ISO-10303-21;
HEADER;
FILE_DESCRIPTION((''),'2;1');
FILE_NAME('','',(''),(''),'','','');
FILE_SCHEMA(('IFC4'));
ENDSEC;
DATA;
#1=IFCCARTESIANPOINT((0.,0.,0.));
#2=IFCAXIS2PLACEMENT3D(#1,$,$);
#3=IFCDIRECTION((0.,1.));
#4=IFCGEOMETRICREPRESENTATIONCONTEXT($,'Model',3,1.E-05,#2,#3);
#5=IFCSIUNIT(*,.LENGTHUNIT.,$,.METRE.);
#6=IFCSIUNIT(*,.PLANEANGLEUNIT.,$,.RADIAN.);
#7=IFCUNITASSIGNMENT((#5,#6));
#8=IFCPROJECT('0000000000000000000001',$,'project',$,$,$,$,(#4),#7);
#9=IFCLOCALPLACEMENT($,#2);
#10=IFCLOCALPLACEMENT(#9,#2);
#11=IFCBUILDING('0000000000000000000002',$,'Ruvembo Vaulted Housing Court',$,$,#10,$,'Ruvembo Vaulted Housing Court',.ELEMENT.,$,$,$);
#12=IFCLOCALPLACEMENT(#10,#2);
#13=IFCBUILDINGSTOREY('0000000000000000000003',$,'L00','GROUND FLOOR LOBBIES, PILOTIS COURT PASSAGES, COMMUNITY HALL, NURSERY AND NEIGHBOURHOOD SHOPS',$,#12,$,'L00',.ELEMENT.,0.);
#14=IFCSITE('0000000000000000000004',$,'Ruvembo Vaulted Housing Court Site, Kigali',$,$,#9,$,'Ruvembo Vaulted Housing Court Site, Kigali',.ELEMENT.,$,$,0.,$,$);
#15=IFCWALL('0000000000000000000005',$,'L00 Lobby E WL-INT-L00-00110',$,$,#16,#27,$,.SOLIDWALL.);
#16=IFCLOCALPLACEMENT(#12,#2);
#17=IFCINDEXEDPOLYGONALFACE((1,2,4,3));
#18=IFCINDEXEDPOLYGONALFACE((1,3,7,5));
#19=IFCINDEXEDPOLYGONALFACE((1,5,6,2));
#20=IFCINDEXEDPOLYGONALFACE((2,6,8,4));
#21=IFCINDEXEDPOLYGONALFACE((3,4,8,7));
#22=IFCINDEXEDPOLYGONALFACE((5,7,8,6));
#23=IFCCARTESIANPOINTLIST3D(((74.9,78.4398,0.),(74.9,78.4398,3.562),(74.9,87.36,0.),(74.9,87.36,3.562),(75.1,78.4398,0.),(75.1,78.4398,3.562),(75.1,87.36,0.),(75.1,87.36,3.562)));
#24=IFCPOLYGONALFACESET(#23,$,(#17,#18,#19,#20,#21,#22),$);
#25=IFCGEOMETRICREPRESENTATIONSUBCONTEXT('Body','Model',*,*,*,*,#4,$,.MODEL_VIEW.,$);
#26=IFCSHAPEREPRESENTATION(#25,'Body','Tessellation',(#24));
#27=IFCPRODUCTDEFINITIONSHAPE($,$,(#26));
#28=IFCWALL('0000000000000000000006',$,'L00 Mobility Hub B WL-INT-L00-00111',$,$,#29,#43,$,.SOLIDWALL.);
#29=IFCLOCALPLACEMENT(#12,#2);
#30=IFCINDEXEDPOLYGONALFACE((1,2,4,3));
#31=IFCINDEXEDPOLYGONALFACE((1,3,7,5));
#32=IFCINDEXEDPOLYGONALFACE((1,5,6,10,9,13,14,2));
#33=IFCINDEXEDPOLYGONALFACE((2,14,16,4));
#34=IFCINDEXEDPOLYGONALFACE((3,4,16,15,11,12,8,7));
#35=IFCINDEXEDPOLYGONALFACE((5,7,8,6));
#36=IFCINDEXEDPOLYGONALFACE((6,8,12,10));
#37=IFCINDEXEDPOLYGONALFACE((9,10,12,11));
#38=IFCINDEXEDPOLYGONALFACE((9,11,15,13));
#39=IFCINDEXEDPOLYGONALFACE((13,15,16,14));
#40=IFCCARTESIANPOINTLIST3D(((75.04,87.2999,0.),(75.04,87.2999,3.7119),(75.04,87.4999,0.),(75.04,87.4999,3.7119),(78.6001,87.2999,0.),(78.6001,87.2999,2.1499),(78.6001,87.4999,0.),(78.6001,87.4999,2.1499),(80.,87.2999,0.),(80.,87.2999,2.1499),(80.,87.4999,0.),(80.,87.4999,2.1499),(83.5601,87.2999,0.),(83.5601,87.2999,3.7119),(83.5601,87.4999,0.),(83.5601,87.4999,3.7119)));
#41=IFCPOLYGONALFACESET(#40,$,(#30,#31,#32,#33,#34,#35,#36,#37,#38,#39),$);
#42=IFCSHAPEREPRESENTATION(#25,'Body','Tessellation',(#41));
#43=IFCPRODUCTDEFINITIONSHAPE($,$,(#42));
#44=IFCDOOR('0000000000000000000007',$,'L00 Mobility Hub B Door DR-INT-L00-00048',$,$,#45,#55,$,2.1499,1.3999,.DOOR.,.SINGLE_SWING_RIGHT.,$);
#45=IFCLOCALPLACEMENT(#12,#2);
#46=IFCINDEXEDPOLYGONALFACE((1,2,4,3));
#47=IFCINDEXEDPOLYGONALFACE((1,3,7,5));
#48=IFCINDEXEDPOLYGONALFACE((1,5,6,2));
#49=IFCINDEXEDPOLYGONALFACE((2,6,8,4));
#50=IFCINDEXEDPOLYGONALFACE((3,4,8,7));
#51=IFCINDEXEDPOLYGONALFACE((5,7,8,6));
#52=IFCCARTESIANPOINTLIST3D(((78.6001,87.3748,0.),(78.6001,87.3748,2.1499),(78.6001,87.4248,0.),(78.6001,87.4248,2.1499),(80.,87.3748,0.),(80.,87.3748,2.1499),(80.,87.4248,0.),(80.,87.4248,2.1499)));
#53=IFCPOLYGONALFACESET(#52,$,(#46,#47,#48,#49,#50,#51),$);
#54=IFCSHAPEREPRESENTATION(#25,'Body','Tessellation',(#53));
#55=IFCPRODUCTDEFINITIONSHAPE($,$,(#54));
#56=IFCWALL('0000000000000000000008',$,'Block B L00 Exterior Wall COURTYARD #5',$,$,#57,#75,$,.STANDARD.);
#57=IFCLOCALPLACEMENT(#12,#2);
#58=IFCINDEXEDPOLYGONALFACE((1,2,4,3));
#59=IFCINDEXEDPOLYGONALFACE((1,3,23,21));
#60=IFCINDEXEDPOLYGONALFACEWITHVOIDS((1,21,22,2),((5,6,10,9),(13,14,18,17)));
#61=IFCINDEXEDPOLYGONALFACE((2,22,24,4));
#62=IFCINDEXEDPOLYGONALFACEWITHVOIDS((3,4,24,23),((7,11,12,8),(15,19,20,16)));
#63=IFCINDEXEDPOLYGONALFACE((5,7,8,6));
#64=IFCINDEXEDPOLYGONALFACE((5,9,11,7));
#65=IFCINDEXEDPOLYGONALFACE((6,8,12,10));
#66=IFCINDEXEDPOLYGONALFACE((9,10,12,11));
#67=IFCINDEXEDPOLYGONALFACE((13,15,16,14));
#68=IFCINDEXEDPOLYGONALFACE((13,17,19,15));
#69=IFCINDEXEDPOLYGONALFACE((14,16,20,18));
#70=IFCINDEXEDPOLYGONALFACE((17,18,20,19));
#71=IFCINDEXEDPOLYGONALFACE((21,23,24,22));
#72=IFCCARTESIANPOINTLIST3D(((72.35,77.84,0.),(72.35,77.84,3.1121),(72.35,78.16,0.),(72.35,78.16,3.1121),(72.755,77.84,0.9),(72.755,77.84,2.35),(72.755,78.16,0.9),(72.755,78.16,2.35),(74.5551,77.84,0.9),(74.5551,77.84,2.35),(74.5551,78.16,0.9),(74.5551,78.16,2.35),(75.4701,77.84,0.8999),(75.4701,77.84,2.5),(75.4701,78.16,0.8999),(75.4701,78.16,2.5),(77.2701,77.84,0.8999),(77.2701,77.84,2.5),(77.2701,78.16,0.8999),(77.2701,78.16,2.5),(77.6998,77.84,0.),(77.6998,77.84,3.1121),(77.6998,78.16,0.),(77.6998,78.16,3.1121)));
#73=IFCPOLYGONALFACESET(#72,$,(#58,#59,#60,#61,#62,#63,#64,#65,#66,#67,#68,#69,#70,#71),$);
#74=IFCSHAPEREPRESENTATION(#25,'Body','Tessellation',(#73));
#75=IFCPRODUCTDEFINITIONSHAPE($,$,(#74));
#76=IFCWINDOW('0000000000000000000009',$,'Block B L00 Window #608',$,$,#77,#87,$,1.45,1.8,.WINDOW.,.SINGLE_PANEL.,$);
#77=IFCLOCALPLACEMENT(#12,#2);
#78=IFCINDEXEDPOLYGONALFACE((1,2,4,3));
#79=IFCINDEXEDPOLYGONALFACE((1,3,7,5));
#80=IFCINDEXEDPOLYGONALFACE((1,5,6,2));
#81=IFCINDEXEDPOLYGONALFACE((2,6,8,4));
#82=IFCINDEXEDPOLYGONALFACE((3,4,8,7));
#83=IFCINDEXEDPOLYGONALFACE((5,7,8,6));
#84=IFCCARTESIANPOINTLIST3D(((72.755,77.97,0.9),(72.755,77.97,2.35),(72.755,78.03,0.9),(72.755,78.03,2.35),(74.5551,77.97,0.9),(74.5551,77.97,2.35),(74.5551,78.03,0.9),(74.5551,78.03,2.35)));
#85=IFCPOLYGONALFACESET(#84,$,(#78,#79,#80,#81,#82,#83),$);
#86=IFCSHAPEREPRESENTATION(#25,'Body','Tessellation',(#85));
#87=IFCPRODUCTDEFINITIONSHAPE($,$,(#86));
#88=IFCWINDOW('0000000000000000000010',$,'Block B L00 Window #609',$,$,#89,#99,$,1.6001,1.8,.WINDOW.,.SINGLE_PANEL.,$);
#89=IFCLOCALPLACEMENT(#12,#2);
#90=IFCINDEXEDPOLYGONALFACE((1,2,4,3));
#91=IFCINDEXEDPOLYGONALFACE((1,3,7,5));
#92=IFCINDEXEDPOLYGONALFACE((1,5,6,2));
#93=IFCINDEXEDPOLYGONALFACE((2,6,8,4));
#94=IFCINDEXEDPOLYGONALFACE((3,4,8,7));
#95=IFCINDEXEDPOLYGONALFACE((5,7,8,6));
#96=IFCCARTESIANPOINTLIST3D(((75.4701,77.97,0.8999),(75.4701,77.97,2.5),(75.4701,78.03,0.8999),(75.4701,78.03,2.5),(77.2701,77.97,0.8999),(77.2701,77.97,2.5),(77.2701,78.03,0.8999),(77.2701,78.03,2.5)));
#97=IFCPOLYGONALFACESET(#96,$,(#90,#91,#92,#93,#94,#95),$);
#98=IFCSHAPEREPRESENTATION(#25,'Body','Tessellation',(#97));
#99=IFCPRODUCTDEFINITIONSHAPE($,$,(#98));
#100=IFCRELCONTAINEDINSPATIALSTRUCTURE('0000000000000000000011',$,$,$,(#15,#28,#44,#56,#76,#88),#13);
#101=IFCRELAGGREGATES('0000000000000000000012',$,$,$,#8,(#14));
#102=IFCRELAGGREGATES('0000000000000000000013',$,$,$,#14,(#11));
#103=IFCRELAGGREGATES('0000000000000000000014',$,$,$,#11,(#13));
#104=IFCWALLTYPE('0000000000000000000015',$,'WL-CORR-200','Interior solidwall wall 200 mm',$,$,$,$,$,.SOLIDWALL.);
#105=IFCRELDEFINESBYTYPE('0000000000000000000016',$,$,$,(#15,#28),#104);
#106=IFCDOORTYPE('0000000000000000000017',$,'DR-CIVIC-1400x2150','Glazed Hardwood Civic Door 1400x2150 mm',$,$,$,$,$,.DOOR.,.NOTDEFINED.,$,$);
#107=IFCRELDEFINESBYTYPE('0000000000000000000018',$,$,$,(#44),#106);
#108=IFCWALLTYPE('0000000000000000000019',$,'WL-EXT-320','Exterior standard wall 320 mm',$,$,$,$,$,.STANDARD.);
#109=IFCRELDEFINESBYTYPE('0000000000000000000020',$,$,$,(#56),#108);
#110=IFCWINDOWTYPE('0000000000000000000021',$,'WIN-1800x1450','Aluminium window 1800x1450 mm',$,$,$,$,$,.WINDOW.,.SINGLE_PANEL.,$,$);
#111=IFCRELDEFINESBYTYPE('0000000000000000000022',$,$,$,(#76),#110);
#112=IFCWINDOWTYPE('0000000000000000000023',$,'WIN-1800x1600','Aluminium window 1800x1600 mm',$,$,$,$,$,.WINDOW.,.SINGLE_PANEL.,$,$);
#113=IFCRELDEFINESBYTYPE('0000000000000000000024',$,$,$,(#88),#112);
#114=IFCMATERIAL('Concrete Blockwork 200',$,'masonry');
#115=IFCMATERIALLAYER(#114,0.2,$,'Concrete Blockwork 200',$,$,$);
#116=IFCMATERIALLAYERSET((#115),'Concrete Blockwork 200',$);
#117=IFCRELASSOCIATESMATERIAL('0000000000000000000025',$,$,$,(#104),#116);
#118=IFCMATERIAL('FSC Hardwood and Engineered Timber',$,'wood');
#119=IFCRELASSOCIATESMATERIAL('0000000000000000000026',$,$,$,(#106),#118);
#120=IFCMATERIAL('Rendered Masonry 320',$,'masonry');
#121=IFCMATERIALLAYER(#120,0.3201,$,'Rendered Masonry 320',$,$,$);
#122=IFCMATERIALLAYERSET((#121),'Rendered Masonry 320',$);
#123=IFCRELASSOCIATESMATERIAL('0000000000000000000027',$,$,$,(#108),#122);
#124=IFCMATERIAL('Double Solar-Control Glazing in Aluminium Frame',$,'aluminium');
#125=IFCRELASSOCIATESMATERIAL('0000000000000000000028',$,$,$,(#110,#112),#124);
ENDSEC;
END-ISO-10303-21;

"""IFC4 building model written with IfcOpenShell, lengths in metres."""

from ifc_helpers import new_model, si_unit, direction, frame, frame_2d, origin, place, context, subcontext, project, spatial, rectangle, extrude, material, layer, layer_set, type_object, element, fill, save


model = new_model("IFC4")

# Units and contexts
model_context = context("Model", 3, precision=1e-05, world=origin(), true_north=direction((0.0, 1.0)))
body_context = subcontext(model_context, "Body", "Model", "MODEL_VIEW")
ifc_project = project(units=[si_unit("LENGTHUNIT", "METRE"), si_unit("PLANEANGLEUNIT", "RADIAN")], contexts=[model_context])

# Site, building, storey
site_placement = place(None, origin())
site = spatial("IfcSite", under=ifc_project, at=site_placement, Name="Ruvembo Vaulted Housing Court Site, Kigali", LongName="Ruvembo Vaulted Housing Court Site, Kigali", CompositionType="ELEMENT", RefElevation=0.0)
building_placement = place(site_placement, origin())
building = spatial("IfcBuilding", under=site, at=building_placement, Name="Ruvembo Vaulted Housing Court", LongName="Ruvembo Vaulted Housing Court", CompositionType="ELEMENT")
storey_placement = place(building_placement, origin())
storey = spatial("IfcBuildingStorey", under=building, at=storey_placement, Name="L00", Description="GROUND FLOOR LOBBIES, PILOTIS COURT PASSAGES, COMMUNITY HALL, NURSERY AND NEIGHBOURHOOD SHOPS", LongName="L00", CompositionType="ELEMENT", Elevation=0.0)

# Wall
ifc_material_1 = material(Name="Concrete Blockwork 200", Category="masonry")
ifc_layer_1 = layer(ifc_material_1, 0.2, Name="Concrete Blockwork 200")
ifc_layer_set_1 = layer_set([ifc_layer_1], Name="Concrete Blockwork 200")
wall_type_1 = type_object("IfcWallType", Name="WL-CORR-200", Description="Interior solidwall wall 200 mm", PredefinedType="SOLIDWALL", material=ifc_layer_set_1)
wall_1_placement = place(storey_placement, frame((75.0, 78.4399, 0.0), z_axis=(0.0, 0.0, 1.0), x_axis=(0.0, 1.0, 0.0)))
element("IfcWall", 1, at=wall_1_placement, inside=storey, type_object=wall_type_1, Name="L00 Lobby E WL-INT-L00-00110", PredefinedType="SOLIDWALL", context=body_context, shape_type="SweptSolid", body=[
    extrude(rectangle(XDim=8.9202, YDim=0.2, at=frame_2d((4.46, 0.0))), origin(), (0.0, 0.0, 1.0), 3.562),
])

# Wall, opening, door
wall_2_placement = place(storey_placement, frame((75.04, 87.3999, 0.0), z_axis=(0.0, 0.0, 1.0), x_axis=(1.0, 0.0, 0.0)))
wall_2 = element("IfcWall", 2, at=wall_2_placement, inside=storey, type_object=wall_type_1, Name="L00 Mobility Hub B WL-INT-L00-00111", PredefinedType="SOLIDWALL", context=body_context, shape_type="SweptSolid", body=[
    extrude(rectangle(XDim=8.52, YDim=0.2, at=frame_2d((4.26, 0.0))), origin(), (0.0, 0.0, 1.0), 3.7119),
])
opening_1_placement = place(wall_2_placement, frame((3.5601, 0.0, 0.0)))
opening_1 = element("IfcOpeningElement", 3, at=opening_1_placement, cuts=wall_2, PredefinedType="OPENING", context=body_context, shape_type="SweptSolid", body=[
    extrude(rectangle(XDim=1.3999, YDim=2.1499, at=frame_2d((0.7, 1.075))), frame((0.0, 0.1099, 0.0), z_axis=(0.0, -1.0, 0.0), x_axis=(1.0, 0.0, 0.0)), (0.0, 0.0, 1.0), 0.22),
])
ifc_material_2 = material(Name="FSC Hardwood and Engineered Timber", Category="wood")
door_type = type_object("IfcDoorType", Name="DR-CIVIC-1400x2150", Description="Glazed Hardwood Civic Door 1400x2150 mm", OperationType="NOTDEFINED", PredefinedType="DOOR", material=ifc_material_2)
door_placement = place(opening_1_placement, origin())
door = element("IfcDoor", 4, at=door_placement, inside=storey, type_object=door_type, Name="L00 Mobility Hub B Door DR-INT-L00-00048", OperationType="SINGLE_SWING_RIGHT", OverallHeight=2.1499, OverallWidth=1.3999, PredefinedType="DOOR", context=body_context, shape_type="SweptSolid", body=[
    extrude(rectangle(XDim=1.3999, YDim=2.1499, at=frame_2d((0.7, 1.075))), frame((0.0, 0.0249, 0.0), z_axis=(0.0, -1.0, 0.0), x_axis=(1.0, 0.0, 0.0)), (0.0, 0.0, 1.0), 0.05),
])
fill(opening_1, door)

# Wall, openings, windows
ifc_material_3 = material(Name="Rendered Masonry 320", Category="masonry")
ifc_layer_2 = layer(ifc_material_3, 0.3201, Name="Rendered Masonry 320")
ifc_layer_set_2 = layer_set([ifc_layer_2], Name="Rendered Masonry 320")
wall_type_2 = type_object("IfcWallType", Name="WL-EXT-320", Description="Exterior standard wall 320 mm", PredefinedType="STANDARD", material=ifc_layer_set_2)
wall_3_placement = place(storey_placement, frame((72.3501, 78.0, 0.0), z_axis=(0.0, 0.0, 1.0), x_axis=(1.0, 0.0, 0.0)))
wall_3 = element("IfcWall", 5, at=wall_3_placement, inside=storey, type_object=wall_type_2, Name="Block B L00 Exterior Wall COURTYARD #5", PredefinedType="STANDARD", context=body_context, shape_type="SweptSolid", body=[
    extrude(rectangle(XDim=5.3499, YDim=0.3201, at=frame_2d((2.6748, 0.0))), origin(), (0.0, 0.0, 1.0), 3.1121),
])
opening_2_placement = place(wall_3_placement, frame((0.405, 0.0, 0.8999)))
opening_2 = element("IfcOpeningElement", 6, at=opening_2_placement, cuts=wall_3, PredefinedType="OPENING", context=body_context, shape_type="SweptSolid", body=[
    extrude(rectangle(XDim=1.8, YDim=1.45, at=frame_2d((0.8999, 0.7251))), frame((0.0, 0.1699, 0.0), z_axis=(0.0, -1.0, 0.0), x_axis=(1.0, 0.0, 0.0)), (0.0, 0.0, 1.0), 0.3401),
])
opening_3_placement = place(wall_3_placement, frame((3.1201, 0.0, 0.8999)))
opening_3 = element("IfcOpeningElement", 7, at=opening_3_placement, cuts=wall_3, PredefinedType="OPENING", context=body_context, shape_type="SweptSolid", body=[
    extrude(rectangle(XDim=1.8, YDim=1.6001, at=frame_2d((0.8999, 0.8))), frame((0.0, 0.1699, 0.0), z_axis=(0.0, -1.0, 0.0), x_axis=(1.0, 0.0, 0.0)), (0.0, 0.0, 1.0), 0.3401),
])
ifc_material_4 = material(Name="Double Solar-Control Glazing in Aluminium Frame", Category="aluminium")
window_type_1 = type_object("IfcWindowType", Name="WIN-1800x1450", Description="Aluminium window 1800x1450 mm", PartitioningType="SINGLE_PANEL", PredefinedType="WINDOW", material=ifc_material_4)
window_1_placement = place(opening_2_placement, origin())
window_1 = element("IfcWindow", 8, at=window_1_placement, inside=storey, type_object=window_type_1, Name="Block B L00 Window #608", OverallHeight=1.45, OverallWidth=1.8, PartitioningType="SINGLE_PANEL", PredefinedType="WINDOW", context=body_context, shape_type="SweptSolid", body=[
    extrude(rectangle(XDim=1.8, YDim=1.45, at=frame_2d((0.8999, 0.7251))), frame((0.0, 0.03, 0.0), z_axis=(0.0, -1.0, 0.0), x_axis=(1.0, 0.0, 0.0)), (0.0, 0.0, 1.0), 0.0601),
])
fill(opening_2, window_1)
window_type_2 = type_object("IfcWindowType", Name="WIN-1800x1600", Description="Aluminium window 1800x1600 mm", PartitioningType="SINGLE_PANEL", PredefinedType="WINDOW", material=ifc_material_4)
window_2_placement = place(opening_3_placement, origin())
window_2 = element("IfcWindow", 9, at=window_2_placement, inside=storey, type_object=window_type_2, Name="Block B L00 Window #609", OverallHeight=1.6001, OverallWidth=1.8, PartitioningType="SINGLE_PANEL", PredefinedType="WINDOW", context=body_context, shape_type="SweptSolid", body=[
    extrude(rectangle(XDim=1.8, YDim=1.6001, at=frame_2d((0.8999, 0.8))), frame((0.0, 0.03, 0.0), z_axis=(0.0, -1.0, 0.0), x_axis=(1.0, 0.0, 0.0)), (0.0, 0.0, 1.0), 0.0601),
])
fill(opening_3, window_2)

save(model, "model.ifc")
